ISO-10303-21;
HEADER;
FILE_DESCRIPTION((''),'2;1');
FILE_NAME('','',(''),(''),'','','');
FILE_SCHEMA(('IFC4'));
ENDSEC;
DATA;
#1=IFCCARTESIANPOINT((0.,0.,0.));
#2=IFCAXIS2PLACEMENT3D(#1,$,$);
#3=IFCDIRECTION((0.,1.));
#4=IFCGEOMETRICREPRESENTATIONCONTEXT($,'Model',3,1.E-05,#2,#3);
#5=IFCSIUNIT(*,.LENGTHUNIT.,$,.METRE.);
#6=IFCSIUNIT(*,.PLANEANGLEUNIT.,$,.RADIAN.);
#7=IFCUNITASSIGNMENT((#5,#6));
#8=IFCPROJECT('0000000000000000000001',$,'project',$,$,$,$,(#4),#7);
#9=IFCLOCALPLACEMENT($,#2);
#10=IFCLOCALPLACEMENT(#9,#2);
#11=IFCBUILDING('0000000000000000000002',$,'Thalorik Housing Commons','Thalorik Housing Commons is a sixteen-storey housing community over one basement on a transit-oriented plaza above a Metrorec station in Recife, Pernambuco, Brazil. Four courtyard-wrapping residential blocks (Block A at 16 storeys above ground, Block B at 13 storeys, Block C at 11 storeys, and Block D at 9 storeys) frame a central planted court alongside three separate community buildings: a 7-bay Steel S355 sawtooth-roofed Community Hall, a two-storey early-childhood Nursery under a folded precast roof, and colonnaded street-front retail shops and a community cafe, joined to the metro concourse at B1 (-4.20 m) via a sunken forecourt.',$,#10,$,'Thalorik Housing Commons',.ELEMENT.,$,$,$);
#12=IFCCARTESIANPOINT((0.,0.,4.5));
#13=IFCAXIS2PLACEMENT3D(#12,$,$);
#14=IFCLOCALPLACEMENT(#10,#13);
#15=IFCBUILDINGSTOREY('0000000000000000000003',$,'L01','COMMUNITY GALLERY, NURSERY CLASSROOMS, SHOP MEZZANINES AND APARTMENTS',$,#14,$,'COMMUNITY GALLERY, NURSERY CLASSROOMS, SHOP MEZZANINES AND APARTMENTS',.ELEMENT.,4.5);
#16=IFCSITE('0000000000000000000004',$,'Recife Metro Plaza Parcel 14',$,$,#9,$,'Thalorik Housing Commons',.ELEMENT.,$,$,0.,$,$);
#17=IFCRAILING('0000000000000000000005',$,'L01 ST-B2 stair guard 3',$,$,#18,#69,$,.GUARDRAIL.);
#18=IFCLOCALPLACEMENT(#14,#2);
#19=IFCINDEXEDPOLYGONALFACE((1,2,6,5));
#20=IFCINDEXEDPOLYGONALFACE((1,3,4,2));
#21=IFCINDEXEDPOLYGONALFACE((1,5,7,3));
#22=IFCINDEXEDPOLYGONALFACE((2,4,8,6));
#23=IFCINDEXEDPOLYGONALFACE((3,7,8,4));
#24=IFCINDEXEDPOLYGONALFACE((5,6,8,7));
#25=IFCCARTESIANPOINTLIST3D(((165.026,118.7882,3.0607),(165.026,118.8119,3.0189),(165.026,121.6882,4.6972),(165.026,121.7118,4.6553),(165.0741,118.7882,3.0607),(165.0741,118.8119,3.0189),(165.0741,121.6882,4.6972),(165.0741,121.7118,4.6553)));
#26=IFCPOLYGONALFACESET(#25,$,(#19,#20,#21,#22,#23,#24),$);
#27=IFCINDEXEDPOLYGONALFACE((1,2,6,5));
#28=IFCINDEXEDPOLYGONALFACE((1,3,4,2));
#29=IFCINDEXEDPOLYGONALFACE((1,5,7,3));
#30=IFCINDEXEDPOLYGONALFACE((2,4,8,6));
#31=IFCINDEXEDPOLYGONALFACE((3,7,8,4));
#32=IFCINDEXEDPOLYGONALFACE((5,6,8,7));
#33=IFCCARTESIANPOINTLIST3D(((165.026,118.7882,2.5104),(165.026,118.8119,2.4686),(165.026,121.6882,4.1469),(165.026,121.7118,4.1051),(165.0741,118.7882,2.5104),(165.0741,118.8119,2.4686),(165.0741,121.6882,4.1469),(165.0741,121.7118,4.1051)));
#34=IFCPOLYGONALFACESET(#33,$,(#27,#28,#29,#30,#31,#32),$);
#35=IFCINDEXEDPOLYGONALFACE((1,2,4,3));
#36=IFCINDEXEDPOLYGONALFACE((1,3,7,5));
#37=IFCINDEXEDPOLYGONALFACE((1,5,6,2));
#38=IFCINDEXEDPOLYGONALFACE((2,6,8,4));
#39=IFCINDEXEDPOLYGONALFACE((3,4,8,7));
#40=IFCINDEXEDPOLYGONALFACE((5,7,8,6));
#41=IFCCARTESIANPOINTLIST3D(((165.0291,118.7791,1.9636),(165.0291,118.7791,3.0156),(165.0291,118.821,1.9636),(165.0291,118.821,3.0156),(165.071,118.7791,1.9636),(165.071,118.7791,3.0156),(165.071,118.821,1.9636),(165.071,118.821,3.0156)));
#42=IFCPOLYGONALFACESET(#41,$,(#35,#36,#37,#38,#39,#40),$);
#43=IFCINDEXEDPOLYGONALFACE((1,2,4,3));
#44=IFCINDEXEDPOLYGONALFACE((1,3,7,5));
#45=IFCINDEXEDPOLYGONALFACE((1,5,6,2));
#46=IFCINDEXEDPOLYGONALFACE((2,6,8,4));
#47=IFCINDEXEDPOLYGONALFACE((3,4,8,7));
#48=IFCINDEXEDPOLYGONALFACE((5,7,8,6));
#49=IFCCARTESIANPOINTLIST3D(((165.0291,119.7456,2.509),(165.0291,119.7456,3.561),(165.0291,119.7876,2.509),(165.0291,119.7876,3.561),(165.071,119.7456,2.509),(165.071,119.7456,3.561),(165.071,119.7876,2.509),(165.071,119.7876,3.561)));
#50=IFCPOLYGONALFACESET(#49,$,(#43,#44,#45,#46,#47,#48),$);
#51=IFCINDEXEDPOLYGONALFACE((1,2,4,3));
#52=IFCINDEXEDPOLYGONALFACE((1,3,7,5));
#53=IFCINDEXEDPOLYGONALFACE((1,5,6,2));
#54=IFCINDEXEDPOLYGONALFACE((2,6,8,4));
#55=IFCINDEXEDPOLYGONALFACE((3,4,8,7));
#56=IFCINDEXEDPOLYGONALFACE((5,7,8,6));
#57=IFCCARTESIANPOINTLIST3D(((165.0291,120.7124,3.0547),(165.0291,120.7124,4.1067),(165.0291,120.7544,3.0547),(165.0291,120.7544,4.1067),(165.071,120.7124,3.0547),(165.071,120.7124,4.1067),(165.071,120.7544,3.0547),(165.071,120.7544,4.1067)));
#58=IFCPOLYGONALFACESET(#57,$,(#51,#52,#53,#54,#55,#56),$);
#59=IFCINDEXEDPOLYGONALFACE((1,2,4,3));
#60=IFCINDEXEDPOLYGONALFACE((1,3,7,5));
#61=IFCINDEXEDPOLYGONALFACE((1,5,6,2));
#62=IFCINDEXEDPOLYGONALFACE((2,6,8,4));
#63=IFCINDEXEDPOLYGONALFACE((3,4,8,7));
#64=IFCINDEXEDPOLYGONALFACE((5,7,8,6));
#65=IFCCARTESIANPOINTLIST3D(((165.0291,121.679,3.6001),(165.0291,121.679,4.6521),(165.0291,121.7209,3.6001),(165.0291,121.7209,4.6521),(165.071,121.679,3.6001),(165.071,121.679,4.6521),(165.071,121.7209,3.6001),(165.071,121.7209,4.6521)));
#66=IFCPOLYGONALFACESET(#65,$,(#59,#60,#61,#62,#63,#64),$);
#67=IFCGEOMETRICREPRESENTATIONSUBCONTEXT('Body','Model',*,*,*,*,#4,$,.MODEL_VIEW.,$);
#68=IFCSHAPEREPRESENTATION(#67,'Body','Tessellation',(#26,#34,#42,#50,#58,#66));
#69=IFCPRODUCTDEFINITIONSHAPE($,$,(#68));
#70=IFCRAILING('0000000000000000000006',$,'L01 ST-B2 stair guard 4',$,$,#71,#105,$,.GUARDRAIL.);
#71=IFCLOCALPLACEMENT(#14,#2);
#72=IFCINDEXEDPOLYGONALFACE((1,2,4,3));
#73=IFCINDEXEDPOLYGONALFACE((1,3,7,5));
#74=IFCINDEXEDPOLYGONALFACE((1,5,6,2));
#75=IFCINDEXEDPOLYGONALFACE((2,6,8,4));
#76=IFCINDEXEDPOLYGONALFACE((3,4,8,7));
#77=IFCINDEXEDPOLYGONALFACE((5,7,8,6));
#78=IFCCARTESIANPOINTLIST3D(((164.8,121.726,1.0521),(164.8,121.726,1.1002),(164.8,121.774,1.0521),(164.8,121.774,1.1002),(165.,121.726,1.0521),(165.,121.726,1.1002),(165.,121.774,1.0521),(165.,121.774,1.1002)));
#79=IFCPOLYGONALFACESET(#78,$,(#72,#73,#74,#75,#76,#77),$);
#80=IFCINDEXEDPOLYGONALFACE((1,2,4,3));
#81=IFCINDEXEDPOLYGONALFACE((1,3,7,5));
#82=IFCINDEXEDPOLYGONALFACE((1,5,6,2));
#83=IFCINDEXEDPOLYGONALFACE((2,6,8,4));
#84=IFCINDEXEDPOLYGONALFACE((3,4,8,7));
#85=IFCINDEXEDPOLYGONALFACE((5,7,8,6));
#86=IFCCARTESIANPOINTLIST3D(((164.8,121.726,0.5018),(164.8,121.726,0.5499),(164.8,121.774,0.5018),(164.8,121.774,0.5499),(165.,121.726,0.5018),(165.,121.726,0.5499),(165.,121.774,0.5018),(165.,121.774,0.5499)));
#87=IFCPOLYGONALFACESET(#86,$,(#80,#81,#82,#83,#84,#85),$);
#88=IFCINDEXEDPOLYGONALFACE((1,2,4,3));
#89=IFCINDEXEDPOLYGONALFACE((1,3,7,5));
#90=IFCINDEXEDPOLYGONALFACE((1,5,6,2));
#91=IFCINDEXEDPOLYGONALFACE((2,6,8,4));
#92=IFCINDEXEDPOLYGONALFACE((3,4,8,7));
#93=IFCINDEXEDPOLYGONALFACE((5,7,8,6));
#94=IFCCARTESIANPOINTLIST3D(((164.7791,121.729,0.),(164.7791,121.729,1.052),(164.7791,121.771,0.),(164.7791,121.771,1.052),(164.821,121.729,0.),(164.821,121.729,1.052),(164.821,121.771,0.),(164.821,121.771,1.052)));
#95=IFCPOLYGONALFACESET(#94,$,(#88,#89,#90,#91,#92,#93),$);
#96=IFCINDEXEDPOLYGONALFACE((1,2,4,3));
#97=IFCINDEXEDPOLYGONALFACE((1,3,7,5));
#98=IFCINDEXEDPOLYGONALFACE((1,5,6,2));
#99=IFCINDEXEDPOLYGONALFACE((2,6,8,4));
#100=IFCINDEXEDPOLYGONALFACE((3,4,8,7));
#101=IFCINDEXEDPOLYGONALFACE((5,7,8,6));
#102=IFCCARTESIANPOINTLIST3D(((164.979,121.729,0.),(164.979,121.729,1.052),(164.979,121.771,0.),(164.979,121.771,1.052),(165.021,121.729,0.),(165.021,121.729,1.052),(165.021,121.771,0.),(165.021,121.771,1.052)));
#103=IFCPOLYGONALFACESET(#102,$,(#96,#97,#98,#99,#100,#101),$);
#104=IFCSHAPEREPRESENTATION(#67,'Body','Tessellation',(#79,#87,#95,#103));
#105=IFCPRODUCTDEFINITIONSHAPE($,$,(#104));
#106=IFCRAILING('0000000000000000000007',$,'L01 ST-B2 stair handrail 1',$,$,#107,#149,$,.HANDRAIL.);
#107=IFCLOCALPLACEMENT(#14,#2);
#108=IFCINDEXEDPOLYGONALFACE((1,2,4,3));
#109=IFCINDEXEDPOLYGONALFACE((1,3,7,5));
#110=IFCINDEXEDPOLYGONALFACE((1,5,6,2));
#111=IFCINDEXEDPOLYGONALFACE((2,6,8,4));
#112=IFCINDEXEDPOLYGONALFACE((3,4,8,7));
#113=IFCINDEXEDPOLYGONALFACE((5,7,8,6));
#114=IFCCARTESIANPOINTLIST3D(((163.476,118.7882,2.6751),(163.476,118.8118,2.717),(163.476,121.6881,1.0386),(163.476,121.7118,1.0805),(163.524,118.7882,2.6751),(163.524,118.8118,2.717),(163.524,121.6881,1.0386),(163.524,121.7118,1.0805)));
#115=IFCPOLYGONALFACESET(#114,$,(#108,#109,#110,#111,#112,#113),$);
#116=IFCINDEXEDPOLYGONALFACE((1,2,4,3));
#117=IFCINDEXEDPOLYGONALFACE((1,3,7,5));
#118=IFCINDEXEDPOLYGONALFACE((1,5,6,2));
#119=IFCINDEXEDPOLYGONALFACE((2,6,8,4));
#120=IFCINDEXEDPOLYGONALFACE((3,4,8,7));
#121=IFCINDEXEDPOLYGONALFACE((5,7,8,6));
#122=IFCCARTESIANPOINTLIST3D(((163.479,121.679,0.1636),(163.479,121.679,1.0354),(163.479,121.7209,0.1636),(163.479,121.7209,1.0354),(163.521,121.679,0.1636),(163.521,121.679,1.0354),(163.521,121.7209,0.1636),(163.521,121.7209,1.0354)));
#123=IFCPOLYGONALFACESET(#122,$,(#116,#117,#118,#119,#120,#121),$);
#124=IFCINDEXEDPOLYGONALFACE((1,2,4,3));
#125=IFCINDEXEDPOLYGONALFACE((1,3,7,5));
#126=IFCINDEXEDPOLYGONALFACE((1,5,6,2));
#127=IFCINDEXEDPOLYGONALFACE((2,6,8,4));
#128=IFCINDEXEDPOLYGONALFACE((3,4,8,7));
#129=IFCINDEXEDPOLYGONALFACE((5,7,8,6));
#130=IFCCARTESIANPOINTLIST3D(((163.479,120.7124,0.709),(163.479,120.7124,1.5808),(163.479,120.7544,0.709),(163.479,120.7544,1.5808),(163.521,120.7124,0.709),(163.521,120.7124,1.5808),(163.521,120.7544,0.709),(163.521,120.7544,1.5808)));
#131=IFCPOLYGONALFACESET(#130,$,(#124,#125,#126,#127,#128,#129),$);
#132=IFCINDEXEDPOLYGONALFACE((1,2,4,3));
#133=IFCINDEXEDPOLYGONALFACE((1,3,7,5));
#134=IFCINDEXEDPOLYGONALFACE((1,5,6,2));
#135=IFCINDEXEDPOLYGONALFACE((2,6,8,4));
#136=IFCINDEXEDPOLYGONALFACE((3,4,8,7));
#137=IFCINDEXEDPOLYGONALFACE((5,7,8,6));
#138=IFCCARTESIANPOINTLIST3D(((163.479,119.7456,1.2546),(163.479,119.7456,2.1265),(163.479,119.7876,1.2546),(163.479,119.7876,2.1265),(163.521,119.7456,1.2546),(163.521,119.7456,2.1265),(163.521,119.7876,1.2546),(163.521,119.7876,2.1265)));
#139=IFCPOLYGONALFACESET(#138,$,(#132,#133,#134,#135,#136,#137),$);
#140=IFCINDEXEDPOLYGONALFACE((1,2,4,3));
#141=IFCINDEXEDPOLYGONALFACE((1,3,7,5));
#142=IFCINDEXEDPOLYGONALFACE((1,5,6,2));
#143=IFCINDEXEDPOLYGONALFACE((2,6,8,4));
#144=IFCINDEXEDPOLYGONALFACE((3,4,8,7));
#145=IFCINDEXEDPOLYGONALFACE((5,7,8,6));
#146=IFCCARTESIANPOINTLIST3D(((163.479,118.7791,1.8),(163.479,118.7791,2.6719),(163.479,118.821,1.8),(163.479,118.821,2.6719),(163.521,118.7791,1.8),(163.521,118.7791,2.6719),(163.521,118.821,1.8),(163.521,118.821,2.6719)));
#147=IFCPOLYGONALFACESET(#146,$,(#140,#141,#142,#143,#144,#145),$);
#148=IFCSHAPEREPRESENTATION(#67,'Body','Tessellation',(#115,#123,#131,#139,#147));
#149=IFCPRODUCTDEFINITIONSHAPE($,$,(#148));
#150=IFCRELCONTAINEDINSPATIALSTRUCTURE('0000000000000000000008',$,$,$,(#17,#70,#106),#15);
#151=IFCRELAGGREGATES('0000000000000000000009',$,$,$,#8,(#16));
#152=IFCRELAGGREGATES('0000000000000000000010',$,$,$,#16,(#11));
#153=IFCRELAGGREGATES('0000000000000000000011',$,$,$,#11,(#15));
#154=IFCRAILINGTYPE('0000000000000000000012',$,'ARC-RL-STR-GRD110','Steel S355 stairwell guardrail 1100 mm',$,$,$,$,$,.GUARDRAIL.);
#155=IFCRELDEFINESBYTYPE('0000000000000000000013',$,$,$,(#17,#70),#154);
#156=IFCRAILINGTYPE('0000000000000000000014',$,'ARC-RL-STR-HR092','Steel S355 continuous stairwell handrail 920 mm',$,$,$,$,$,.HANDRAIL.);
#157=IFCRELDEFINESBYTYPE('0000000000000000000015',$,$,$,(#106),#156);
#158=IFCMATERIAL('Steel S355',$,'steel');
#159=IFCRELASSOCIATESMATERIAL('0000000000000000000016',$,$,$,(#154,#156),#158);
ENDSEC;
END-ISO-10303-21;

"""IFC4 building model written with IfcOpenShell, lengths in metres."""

from ifc_helpers import new_model, si_unit, direction, frame, origin, origin_2d, place, context, subcontext, project, spatial, rectangle, extrude, material, type_object, element, save


model = new_model("IFC4")

# Units and contexts
model_context = context("Model", 3, precision=1e-05, world=origin(), true_north=direction((0.0, 1.0)))
body_context = subcontext(model_context, "Body", "Model", "MODEL_VIEW")
ifc_project = project(units=[si_unit("LENGTHUNIT", "METRE"), si_unit("PLANEANGLEUNIT", "RADIAN")], contexts=[model_context])

# Site, building, storey
site_placement = place(None, origin())
site = spatial("IfcSite", under=ifc_project, at=site_placement, Name="Recife Metro Plaza Parcel 14", LongName="Thalorik Housing Commons", CompositionType="ELEMENT", RefElevation=0.0)
building_placement = place(site_placement, origin())
building = spatial("IfcBuilding", under=site, at=building_placement, Name="Thalorik Housing Commons", Description="Thalorik Housing Commons is a sixteen-storey housing community over one basement on a transit-oriented plaza above a Metrorec station in Recife, Pernambuco, Brazil. Four courtyard-wrapping residential blocks (Block A at 16 storeys above ground, Block B at 13 storeys, Block C at 11 storeys, and Block D at 9 storeys) frame a central planted court alongside three separate community buildings: a 7-bay Steel S355 sawtooth-roofed Community Hall, a two-storey early-childhood Nursery under a folded precast roof, and colonnaded street-front retail shops and a community cafe, joined to the metro concourse at B1 (-4.20 m) via a sunken forecourt.", LongName="Thalorik Housing Commons", CompositionType="ELEMENT")
storey_placement = place(building_placement, frame((0.0, 0.0, 4.5)))
storey = spatial("IfcBuildingStorey", under=building, at=storey_placement, Name="L01", Description="COMMUNITY GALLERY, NURSERY CLASSROOMS, SHOP MEZZANINES AND APARTMENTS", LongName="COMMUNITY GALLERY, NURSERY CLASSROOMS, SHOP MEZZANINES AND APARTMENTS", CompositionType="ELEMENT", Elevation=4.5)

# Shared definitions
ifc_material_1 = material(Name="Steel S355", Category="steel")

# Railings
railing_type_1 = type_object("IfcRailingType", Name="ARC-RL-STR-GRD110", Description="Steel S355 stairwell guardrail 1100 mm", PredefinedType="GUARDRAIL", material=ifc_material_1)
railing_1_placement = place(storey_placement, frame((165.05, 118.8, 1.9636)))
element("IfcRailing", 1, at=railing_1_placement, inside=storey, type_object=railing_type_1, Name="L01 ST-B2 stair guard 3", PredefinedType="GUARDRAIL", context=body_context, shape_type="SweptSolid", body=[
    extrude(rectangle(XDim=0.0481, YDim=0.0481, at=origin_2d()), frame((0.0, 0.0, 1.0762), z_axis=(0.0, 0.870897, 0.491465), x_axis=(-1.0, 0.0, 0.0)), (0.0, 0.0, 1.0), 3.3298),
    extrude(rectangle(XDim=0.0481, YDim=0.0481, at=origin_2d()), frame((0.0, 0.0, 0.5259), z_axis=(0.0, 0.870897, 0.491465), x_axis=(-1.0, 0.0, 0.0)), (0.0, 0.0, 1.0), 3.3298),
    extrude(rectangle(XDim=0.042, YDim=0.042, at=origin_2d()), origin(), (0.0, 0.0, 1.0), 1.052),
    extrude(rectangle(XDim=0.042, YDim=0.042, at=origin_2d()), frame((0.0, 0.9666, 0.5454)), (0.0, 0.0, 1.0), 1.052),
    extrude(rectangle(XDim=0.042, YDim=0.042, at=origin_2d()), frame((0.0, 1.9333, 1.0911)), (0.0, 0.0, 1.0), 1.052),
    extrude(rectangle(XDim=0.042, YDim=0.042, at=origin_2d()), frame((0.0, 2.8999, 1.6365)), (0.0, 0.0, 1.0), 1.052),
])
railing_2_placement = place(storey_placement, frame((164.8, 121.75, 0.0)))
element("IfcRailing", 2, at=railing_2_placement, inside=storey, type_object=railing_type_1, Name="L01 ST-B2 stair guard 4", PredefinedType="GUARDRAIL", context=body_context, shape_type="SweptSolid", body=[
    extrude(rectangle(XDim=0.0481, YDim=0.0481, at=origin_2d()), frame((0.0, 0.0, 1.0762), z_axis=(1.0, 0.0, 0.0), x_axis=(0.0, 1.0, 0.0)), (0.0, 0.0, 1.0), 0.2),
    extrude(rectangle(XDim=0.0481, YDim=0.0481, at=origin_2d()), frame((0.0, 0.0, 0.5259), z_axis=(1.0, 0.0, 0.0), x_axis=(0.0, 1.0, 0.0)), (0.0, 0.0, 1.0), 0.2),
    extrude(rectangle(XDim=0.042, YDim=0.042, at=origin_2d()), origin(), (0.0, 0.0, 1.0), 1.052),
    extrude(rectangle(XDim=0.042, YDim=0.042, at=origin_2d()), frame((0.2, 0.0, 0.0)), (0.0, 0.0, 1.0), 1.052),
])
railing_type_2 = type_object("IfcRailingType", Name="ARC-RL-STR-HR092", Description="Steel S355 continuous stairwell handrail 920 mm", PredefinedType="HANDRAIL", material=ifc_material_1)
railing_3_placement = place(storey_placement, frame((163.5, 121.7, 0.1636)))
element("IfcRailing", 3, at=railing_3_placement, inside=storey, type_object=railing_type_2, Name="L01 ST-B2 stair handrail 1", PredefinedType="HANDRAIL", context=body_context, shape_type="SweptSolid", body=[
    extrude(rectangle(XDim=0.0481, YDim=0.0481, at=origin_2d()), frame((0.0, 0.0, 0.896), z_axis=(0.0, -0.870897, 0.491465), x_axis=(1.0, 0.0, 0.0)), (0.0, 0.0, 1.0), 3.3298),
    extrude(rectangle(XDim=0.042, YDim=0.042, at=origin_2d()), origin(), (0.0, 0.0, 1.0), 0.8718),
    extrude(rectangle(XDim=0.042, YDim=0.042, at=origin_2d()), frame((0.0, -0.9666, 0.5454)), (0.0, 0.0, 1.0), 0.8718),
    extrude(rectangle(XDim=0.042, YDim=0.042, at=origin_2d()), frame((0.0, -1.9333, 1.0911)), (0.0, 0.0, 1.0), 0.8718),
    extrude(rectangle(XDim=0.042, YDim=0.042, at=origin_2d()), frame((0.0, -2.8999, 1.6365)), (0.0, 0.0, 1.0), 0.8718),
])

save(model, "model.ifc")
